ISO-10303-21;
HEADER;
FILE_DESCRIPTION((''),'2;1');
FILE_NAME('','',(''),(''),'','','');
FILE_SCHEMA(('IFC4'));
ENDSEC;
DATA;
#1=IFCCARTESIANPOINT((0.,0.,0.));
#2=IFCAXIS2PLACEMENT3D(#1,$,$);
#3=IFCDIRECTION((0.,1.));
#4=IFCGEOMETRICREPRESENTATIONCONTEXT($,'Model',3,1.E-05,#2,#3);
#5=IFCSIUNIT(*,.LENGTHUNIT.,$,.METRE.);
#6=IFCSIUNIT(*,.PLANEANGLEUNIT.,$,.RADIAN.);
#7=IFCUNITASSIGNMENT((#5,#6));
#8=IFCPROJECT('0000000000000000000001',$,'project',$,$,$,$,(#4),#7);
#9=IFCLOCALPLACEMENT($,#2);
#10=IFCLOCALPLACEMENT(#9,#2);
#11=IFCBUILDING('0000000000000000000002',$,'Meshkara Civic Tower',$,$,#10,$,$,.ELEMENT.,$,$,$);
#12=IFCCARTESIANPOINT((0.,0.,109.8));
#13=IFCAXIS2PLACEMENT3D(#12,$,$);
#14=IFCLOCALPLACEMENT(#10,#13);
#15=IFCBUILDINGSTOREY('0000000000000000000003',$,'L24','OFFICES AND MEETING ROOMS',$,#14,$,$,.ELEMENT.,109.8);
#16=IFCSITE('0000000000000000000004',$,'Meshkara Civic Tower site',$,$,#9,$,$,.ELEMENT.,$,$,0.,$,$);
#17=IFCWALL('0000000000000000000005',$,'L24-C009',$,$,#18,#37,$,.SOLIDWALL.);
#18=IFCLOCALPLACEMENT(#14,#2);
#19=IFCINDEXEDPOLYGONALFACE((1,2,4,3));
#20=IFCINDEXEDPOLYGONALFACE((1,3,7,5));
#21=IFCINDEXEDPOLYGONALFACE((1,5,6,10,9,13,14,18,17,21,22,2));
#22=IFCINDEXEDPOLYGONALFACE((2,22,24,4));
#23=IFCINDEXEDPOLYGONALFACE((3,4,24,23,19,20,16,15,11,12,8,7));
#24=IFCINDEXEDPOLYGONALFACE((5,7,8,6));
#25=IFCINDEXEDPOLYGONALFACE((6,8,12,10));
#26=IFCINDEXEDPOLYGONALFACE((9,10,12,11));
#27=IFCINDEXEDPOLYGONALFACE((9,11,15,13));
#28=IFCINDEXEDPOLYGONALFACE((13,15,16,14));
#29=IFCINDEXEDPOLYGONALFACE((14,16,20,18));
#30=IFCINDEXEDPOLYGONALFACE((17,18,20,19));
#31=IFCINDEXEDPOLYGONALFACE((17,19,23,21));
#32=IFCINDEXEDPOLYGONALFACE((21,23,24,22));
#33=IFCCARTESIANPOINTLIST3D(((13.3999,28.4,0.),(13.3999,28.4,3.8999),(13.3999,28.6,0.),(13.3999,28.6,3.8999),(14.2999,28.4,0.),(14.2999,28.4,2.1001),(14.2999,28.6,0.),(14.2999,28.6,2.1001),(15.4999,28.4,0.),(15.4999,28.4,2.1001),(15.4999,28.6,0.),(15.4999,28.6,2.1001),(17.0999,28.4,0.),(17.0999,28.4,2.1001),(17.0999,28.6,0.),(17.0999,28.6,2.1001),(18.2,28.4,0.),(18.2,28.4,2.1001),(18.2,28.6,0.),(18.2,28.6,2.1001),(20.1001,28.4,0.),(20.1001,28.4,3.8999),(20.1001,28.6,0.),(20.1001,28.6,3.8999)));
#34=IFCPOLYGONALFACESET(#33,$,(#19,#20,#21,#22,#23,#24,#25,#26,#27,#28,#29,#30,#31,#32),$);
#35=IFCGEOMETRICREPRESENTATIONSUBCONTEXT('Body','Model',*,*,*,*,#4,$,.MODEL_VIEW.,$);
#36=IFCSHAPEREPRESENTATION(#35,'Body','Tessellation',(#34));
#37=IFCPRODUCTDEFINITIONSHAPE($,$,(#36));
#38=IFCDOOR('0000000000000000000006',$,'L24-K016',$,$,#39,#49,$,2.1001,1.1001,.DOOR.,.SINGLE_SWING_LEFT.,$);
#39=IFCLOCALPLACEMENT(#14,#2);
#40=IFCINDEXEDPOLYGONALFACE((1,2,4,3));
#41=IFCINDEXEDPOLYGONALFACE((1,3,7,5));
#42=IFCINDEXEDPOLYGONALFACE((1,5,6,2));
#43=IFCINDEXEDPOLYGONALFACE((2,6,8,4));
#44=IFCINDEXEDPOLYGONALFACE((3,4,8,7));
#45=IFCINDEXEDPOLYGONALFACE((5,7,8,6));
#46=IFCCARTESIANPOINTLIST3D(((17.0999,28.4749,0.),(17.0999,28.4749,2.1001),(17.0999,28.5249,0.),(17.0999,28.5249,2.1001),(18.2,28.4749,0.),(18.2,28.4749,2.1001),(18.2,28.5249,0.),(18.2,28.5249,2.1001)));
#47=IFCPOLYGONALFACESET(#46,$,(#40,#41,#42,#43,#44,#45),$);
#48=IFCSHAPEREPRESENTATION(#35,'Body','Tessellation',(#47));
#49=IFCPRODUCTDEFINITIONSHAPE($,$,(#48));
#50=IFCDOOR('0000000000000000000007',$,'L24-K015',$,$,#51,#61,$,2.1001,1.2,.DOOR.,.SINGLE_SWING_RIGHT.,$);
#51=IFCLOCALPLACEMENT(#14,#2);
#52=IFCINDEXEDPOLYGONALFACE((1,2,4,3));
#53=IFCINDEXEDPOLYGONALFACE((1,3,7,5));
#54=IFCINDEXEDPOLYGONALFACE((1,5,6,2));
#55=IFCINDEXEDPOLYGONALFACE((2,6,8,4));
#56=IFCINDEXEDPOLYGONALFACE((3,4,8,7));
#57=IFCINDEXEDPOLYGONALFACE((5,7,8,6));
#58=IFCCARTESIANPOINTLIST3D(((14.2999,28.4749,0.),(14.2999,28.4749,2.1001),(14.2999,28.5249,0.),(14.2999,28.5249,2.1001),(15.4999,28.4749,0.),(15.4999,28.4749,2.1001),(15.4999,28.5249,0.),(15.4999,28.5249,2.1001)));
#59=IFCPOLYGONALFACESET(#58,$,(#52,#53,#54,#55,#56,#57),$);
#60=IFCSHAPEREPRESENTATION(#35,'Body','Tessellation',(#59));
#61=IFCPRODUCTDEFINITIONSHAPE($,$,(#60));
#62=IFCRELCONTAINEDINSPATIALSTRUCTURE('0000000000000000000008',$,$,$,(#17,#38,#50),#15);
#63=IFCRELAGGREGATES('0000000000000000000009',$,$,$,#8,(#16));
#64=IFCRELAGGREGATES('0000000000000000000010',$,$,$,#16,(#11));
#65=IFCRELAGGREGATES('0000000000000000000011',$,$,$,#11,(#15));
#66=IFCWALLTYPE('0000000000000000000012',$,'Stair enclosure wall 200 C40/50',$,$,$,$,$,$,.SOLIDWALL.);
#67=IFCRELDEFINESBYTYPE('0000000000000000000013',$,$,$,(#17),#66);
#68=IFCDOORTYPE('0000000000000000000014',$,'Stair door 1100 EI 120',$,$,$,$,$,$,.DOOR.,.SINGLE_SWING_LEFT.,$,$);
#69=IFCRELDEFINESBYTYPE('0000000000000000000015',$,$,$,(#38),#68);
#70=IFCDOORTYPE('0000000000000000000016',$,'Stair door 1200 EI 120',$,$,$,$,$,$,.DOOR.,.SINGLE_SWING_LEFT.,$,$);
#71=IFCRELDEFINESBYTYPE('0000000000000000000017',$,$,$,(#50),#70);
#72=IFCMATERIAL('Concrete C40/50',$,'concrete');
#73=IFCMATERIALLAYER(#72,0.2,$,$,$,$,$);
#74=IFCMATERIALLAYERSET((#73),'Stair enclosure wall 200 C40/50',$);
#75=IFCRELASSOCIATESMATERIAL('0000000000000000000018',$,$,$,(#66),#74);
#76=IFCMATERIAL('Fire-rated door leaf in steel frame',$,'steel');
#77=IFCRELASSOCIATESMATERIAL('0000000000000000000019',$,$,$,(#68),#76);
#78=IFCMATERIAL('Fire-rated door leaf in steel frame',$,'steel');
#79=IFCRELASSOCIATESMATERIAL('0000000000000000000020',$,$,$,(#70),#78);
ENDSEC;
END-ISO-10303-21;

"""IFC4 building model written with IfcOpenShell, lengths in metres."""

from ifc_helpers import new_model, si_unit, direction, frame, frame_2d, origin, place, context, subcontext, project, spatial, rectangle, extrude, material, layer, layer_set, type_object, element, fill, save


model = new_model("IFC4")

# Units and contexts
model_context = context("Model", 3, precision=1e-05, world=origin(), true_north=direction((0.0, 1.0)))
body_context = subcontext(model_context, "Body", "Model", "MODEL_VIEW")
ifc_project = project(units=[si_unit("LENGTHUNIT", "METRE"), si_unit("PLANEANGLEUNIT", "RADIAN")], contexts=[model_context])

# Site, building, storey
site_placement = place(None, origin())
site = spatial("IfcSite", under=ifc_project, at=site_placement, Name="Meshkara Civic Tower site", CompositionType="ELEMENT", RefElevation=0.0)
building_placement = place(site_placement, origin())
building = spatial("IfcBuilding", under=site, at=building_placement, Name="Meshkara Civic Tower", CompositionType="ELEMENT")
storey_placement = place(building_placement, frame((0.0, 0.0, 109.8)))
storey = spatial("IfcBuildingStorey", under=building, at=storey_placement, Name="L24", Description="OFFICES AND MEETING ROOMS", CompositionType="ELEMENT", Elevation=109.8)

# Wall, openings, doors
ifc_material_1 = material(Name="Concrete C40/50", Category="concrete")
ifc_layer_1 = layer(ifc_material_1, 0.2)
ifc_layer_set_1 = layer_set([ifc_layer_1], Name="Stair enclosure wall 200 C40/50")
wall_type_1 = type_object("IfcWallType", Name="Stair enclosure wall 200 C40/50", PredefinedType="SOLIDWALL", material=ifc_layer_set_1)
wall_1_placement = place(storey_placement, frame((13.3999, 28.5, 0.0), z_axis=(0.0, 0.0, 1.0), x_axis=(1.0, 0.0, 0.0)))
wall_1 = element("IfcWall", 1, at=wall_1_placement, inside=storey, type_object=wall_type_1, Name="L24-C009", PredefinedType="SOLIDWALL", context=body_context, shape_type="SweptSolid", body=[
    extrude(rectangle(XDim=6.7002, YDim=0.2, at=frame_2d((3.3501, 0.0))), origin(), (0.0, 0.0, 1.0), 3.8999),
])
opening_1_placement = place(wall_1_placement, frame((0.8999, 0.0, 0.0)))
opening_1 = element("IfcOpeningElement", 2, at=opening_1_placement, cuts=wall_1, PredefinedType="OPENING", context=body_context, shape_type="SweptSolid", body=[
    extrude(rectangle(XDim=1.2, YDim=2.1001, at=frame_2d((0.6001, 1.05))), frame((0.0, 0.1099, 0.0), z_axis=(0.0, -1.0, 0.0), x_axis=(1.0, 0.0, 0.0)), (0.0, 0.0, 1.0), 0.22),
])
opening_2_placement = place(wall_1_placement, frame((3.7, 0.0, 0.0)))
opening_2 = element("IfcOpeningElement", 3, at=opening_2_placement, cuts=wall_1, PredefinedType="OPENING", context=body_context, shape_type="SweptSolid", body=[
    extrude(rectangle(XDim=1.1001, YDim=2.1001, at=frame_2d((0.55, 1.05))), frame((0.0, 0.1099, 0.0), z_axis=(0.0, -1.0, 0.0), x_axis=(1.0, 0.0, 0.0)), (0.0, 0.0, 1.0), 0.22),
])
ifc_material_2 = material(Name="Fire-rated door leaf in steel frame", Category="steel")
door_type_1 = type_object("IfcDoorType", Name="Stair door 1100 EI 120", OperationType="SINGLE_SWING_LEFT", PredefinedType="DOOR", material=ifc_material_2)
door_1_placement = place(opening_2_placement, origin())
door_1 = element("IfcDoor", 4, at=door_1_placement, inside=storey, type_object=door_type_1, Name="L24-K016", OperationType="SINGLE_SWING_LEFT", OverallHeight=2.1001, OverallWidth=1.1001, PredefinedType="DOOR", context=body_context, shape_type="SweptSolid", body=[
    extrude(rectangle(XDim=1.1001, YDim=2.1001, at=frame_2d((0.55, 1.05))), frame((0.0, 0.0249, 0.0), z_axis=(0.0, -1.0, 0.0), x_axis=(1.0, 0.0, 0.0)), (0.0, 0.0, 1.0), 0.05),
])
fill(opening_2, door_1)
ifc_material_3 = material(Name="Fire-rated door leaf in steel frame", Category="steel")
door_type_2 = type_object("IfcDoorType", Name="Stair door 1200 EI 120", OperationType="SINGLE_SWING_LEFT", PredefinedType="DOOR", material=ifc_material_3)
door_2_placement = place(opening_1_placement, origin())
door_2 = element("IfcDoor", 5, at=door_2_placement, inside=storey, type_object=door_type_2, Name="L24-K015", OperationType="SINGLE_SWING_RIGHT", OverallHeight=2.1001, OverallWidth=1.2, PredefinedType="DOOR", context=body_context, shape_type="SweptSolid", body=[
    extrude(rectangle(XDim=1.2, YDim=2.1001, at=frame_2d((0.6001, 1.05))), frame((0.0, 0.0249, 0.0), z_axis=(0.0, -1.0, 0.0), x_axis=(1.0, 0.0, 0.0)), (0.0, 0.0, 1.0), 0.05),
])
fill(opening_1, door_2)

save(model, "model.ifc")
